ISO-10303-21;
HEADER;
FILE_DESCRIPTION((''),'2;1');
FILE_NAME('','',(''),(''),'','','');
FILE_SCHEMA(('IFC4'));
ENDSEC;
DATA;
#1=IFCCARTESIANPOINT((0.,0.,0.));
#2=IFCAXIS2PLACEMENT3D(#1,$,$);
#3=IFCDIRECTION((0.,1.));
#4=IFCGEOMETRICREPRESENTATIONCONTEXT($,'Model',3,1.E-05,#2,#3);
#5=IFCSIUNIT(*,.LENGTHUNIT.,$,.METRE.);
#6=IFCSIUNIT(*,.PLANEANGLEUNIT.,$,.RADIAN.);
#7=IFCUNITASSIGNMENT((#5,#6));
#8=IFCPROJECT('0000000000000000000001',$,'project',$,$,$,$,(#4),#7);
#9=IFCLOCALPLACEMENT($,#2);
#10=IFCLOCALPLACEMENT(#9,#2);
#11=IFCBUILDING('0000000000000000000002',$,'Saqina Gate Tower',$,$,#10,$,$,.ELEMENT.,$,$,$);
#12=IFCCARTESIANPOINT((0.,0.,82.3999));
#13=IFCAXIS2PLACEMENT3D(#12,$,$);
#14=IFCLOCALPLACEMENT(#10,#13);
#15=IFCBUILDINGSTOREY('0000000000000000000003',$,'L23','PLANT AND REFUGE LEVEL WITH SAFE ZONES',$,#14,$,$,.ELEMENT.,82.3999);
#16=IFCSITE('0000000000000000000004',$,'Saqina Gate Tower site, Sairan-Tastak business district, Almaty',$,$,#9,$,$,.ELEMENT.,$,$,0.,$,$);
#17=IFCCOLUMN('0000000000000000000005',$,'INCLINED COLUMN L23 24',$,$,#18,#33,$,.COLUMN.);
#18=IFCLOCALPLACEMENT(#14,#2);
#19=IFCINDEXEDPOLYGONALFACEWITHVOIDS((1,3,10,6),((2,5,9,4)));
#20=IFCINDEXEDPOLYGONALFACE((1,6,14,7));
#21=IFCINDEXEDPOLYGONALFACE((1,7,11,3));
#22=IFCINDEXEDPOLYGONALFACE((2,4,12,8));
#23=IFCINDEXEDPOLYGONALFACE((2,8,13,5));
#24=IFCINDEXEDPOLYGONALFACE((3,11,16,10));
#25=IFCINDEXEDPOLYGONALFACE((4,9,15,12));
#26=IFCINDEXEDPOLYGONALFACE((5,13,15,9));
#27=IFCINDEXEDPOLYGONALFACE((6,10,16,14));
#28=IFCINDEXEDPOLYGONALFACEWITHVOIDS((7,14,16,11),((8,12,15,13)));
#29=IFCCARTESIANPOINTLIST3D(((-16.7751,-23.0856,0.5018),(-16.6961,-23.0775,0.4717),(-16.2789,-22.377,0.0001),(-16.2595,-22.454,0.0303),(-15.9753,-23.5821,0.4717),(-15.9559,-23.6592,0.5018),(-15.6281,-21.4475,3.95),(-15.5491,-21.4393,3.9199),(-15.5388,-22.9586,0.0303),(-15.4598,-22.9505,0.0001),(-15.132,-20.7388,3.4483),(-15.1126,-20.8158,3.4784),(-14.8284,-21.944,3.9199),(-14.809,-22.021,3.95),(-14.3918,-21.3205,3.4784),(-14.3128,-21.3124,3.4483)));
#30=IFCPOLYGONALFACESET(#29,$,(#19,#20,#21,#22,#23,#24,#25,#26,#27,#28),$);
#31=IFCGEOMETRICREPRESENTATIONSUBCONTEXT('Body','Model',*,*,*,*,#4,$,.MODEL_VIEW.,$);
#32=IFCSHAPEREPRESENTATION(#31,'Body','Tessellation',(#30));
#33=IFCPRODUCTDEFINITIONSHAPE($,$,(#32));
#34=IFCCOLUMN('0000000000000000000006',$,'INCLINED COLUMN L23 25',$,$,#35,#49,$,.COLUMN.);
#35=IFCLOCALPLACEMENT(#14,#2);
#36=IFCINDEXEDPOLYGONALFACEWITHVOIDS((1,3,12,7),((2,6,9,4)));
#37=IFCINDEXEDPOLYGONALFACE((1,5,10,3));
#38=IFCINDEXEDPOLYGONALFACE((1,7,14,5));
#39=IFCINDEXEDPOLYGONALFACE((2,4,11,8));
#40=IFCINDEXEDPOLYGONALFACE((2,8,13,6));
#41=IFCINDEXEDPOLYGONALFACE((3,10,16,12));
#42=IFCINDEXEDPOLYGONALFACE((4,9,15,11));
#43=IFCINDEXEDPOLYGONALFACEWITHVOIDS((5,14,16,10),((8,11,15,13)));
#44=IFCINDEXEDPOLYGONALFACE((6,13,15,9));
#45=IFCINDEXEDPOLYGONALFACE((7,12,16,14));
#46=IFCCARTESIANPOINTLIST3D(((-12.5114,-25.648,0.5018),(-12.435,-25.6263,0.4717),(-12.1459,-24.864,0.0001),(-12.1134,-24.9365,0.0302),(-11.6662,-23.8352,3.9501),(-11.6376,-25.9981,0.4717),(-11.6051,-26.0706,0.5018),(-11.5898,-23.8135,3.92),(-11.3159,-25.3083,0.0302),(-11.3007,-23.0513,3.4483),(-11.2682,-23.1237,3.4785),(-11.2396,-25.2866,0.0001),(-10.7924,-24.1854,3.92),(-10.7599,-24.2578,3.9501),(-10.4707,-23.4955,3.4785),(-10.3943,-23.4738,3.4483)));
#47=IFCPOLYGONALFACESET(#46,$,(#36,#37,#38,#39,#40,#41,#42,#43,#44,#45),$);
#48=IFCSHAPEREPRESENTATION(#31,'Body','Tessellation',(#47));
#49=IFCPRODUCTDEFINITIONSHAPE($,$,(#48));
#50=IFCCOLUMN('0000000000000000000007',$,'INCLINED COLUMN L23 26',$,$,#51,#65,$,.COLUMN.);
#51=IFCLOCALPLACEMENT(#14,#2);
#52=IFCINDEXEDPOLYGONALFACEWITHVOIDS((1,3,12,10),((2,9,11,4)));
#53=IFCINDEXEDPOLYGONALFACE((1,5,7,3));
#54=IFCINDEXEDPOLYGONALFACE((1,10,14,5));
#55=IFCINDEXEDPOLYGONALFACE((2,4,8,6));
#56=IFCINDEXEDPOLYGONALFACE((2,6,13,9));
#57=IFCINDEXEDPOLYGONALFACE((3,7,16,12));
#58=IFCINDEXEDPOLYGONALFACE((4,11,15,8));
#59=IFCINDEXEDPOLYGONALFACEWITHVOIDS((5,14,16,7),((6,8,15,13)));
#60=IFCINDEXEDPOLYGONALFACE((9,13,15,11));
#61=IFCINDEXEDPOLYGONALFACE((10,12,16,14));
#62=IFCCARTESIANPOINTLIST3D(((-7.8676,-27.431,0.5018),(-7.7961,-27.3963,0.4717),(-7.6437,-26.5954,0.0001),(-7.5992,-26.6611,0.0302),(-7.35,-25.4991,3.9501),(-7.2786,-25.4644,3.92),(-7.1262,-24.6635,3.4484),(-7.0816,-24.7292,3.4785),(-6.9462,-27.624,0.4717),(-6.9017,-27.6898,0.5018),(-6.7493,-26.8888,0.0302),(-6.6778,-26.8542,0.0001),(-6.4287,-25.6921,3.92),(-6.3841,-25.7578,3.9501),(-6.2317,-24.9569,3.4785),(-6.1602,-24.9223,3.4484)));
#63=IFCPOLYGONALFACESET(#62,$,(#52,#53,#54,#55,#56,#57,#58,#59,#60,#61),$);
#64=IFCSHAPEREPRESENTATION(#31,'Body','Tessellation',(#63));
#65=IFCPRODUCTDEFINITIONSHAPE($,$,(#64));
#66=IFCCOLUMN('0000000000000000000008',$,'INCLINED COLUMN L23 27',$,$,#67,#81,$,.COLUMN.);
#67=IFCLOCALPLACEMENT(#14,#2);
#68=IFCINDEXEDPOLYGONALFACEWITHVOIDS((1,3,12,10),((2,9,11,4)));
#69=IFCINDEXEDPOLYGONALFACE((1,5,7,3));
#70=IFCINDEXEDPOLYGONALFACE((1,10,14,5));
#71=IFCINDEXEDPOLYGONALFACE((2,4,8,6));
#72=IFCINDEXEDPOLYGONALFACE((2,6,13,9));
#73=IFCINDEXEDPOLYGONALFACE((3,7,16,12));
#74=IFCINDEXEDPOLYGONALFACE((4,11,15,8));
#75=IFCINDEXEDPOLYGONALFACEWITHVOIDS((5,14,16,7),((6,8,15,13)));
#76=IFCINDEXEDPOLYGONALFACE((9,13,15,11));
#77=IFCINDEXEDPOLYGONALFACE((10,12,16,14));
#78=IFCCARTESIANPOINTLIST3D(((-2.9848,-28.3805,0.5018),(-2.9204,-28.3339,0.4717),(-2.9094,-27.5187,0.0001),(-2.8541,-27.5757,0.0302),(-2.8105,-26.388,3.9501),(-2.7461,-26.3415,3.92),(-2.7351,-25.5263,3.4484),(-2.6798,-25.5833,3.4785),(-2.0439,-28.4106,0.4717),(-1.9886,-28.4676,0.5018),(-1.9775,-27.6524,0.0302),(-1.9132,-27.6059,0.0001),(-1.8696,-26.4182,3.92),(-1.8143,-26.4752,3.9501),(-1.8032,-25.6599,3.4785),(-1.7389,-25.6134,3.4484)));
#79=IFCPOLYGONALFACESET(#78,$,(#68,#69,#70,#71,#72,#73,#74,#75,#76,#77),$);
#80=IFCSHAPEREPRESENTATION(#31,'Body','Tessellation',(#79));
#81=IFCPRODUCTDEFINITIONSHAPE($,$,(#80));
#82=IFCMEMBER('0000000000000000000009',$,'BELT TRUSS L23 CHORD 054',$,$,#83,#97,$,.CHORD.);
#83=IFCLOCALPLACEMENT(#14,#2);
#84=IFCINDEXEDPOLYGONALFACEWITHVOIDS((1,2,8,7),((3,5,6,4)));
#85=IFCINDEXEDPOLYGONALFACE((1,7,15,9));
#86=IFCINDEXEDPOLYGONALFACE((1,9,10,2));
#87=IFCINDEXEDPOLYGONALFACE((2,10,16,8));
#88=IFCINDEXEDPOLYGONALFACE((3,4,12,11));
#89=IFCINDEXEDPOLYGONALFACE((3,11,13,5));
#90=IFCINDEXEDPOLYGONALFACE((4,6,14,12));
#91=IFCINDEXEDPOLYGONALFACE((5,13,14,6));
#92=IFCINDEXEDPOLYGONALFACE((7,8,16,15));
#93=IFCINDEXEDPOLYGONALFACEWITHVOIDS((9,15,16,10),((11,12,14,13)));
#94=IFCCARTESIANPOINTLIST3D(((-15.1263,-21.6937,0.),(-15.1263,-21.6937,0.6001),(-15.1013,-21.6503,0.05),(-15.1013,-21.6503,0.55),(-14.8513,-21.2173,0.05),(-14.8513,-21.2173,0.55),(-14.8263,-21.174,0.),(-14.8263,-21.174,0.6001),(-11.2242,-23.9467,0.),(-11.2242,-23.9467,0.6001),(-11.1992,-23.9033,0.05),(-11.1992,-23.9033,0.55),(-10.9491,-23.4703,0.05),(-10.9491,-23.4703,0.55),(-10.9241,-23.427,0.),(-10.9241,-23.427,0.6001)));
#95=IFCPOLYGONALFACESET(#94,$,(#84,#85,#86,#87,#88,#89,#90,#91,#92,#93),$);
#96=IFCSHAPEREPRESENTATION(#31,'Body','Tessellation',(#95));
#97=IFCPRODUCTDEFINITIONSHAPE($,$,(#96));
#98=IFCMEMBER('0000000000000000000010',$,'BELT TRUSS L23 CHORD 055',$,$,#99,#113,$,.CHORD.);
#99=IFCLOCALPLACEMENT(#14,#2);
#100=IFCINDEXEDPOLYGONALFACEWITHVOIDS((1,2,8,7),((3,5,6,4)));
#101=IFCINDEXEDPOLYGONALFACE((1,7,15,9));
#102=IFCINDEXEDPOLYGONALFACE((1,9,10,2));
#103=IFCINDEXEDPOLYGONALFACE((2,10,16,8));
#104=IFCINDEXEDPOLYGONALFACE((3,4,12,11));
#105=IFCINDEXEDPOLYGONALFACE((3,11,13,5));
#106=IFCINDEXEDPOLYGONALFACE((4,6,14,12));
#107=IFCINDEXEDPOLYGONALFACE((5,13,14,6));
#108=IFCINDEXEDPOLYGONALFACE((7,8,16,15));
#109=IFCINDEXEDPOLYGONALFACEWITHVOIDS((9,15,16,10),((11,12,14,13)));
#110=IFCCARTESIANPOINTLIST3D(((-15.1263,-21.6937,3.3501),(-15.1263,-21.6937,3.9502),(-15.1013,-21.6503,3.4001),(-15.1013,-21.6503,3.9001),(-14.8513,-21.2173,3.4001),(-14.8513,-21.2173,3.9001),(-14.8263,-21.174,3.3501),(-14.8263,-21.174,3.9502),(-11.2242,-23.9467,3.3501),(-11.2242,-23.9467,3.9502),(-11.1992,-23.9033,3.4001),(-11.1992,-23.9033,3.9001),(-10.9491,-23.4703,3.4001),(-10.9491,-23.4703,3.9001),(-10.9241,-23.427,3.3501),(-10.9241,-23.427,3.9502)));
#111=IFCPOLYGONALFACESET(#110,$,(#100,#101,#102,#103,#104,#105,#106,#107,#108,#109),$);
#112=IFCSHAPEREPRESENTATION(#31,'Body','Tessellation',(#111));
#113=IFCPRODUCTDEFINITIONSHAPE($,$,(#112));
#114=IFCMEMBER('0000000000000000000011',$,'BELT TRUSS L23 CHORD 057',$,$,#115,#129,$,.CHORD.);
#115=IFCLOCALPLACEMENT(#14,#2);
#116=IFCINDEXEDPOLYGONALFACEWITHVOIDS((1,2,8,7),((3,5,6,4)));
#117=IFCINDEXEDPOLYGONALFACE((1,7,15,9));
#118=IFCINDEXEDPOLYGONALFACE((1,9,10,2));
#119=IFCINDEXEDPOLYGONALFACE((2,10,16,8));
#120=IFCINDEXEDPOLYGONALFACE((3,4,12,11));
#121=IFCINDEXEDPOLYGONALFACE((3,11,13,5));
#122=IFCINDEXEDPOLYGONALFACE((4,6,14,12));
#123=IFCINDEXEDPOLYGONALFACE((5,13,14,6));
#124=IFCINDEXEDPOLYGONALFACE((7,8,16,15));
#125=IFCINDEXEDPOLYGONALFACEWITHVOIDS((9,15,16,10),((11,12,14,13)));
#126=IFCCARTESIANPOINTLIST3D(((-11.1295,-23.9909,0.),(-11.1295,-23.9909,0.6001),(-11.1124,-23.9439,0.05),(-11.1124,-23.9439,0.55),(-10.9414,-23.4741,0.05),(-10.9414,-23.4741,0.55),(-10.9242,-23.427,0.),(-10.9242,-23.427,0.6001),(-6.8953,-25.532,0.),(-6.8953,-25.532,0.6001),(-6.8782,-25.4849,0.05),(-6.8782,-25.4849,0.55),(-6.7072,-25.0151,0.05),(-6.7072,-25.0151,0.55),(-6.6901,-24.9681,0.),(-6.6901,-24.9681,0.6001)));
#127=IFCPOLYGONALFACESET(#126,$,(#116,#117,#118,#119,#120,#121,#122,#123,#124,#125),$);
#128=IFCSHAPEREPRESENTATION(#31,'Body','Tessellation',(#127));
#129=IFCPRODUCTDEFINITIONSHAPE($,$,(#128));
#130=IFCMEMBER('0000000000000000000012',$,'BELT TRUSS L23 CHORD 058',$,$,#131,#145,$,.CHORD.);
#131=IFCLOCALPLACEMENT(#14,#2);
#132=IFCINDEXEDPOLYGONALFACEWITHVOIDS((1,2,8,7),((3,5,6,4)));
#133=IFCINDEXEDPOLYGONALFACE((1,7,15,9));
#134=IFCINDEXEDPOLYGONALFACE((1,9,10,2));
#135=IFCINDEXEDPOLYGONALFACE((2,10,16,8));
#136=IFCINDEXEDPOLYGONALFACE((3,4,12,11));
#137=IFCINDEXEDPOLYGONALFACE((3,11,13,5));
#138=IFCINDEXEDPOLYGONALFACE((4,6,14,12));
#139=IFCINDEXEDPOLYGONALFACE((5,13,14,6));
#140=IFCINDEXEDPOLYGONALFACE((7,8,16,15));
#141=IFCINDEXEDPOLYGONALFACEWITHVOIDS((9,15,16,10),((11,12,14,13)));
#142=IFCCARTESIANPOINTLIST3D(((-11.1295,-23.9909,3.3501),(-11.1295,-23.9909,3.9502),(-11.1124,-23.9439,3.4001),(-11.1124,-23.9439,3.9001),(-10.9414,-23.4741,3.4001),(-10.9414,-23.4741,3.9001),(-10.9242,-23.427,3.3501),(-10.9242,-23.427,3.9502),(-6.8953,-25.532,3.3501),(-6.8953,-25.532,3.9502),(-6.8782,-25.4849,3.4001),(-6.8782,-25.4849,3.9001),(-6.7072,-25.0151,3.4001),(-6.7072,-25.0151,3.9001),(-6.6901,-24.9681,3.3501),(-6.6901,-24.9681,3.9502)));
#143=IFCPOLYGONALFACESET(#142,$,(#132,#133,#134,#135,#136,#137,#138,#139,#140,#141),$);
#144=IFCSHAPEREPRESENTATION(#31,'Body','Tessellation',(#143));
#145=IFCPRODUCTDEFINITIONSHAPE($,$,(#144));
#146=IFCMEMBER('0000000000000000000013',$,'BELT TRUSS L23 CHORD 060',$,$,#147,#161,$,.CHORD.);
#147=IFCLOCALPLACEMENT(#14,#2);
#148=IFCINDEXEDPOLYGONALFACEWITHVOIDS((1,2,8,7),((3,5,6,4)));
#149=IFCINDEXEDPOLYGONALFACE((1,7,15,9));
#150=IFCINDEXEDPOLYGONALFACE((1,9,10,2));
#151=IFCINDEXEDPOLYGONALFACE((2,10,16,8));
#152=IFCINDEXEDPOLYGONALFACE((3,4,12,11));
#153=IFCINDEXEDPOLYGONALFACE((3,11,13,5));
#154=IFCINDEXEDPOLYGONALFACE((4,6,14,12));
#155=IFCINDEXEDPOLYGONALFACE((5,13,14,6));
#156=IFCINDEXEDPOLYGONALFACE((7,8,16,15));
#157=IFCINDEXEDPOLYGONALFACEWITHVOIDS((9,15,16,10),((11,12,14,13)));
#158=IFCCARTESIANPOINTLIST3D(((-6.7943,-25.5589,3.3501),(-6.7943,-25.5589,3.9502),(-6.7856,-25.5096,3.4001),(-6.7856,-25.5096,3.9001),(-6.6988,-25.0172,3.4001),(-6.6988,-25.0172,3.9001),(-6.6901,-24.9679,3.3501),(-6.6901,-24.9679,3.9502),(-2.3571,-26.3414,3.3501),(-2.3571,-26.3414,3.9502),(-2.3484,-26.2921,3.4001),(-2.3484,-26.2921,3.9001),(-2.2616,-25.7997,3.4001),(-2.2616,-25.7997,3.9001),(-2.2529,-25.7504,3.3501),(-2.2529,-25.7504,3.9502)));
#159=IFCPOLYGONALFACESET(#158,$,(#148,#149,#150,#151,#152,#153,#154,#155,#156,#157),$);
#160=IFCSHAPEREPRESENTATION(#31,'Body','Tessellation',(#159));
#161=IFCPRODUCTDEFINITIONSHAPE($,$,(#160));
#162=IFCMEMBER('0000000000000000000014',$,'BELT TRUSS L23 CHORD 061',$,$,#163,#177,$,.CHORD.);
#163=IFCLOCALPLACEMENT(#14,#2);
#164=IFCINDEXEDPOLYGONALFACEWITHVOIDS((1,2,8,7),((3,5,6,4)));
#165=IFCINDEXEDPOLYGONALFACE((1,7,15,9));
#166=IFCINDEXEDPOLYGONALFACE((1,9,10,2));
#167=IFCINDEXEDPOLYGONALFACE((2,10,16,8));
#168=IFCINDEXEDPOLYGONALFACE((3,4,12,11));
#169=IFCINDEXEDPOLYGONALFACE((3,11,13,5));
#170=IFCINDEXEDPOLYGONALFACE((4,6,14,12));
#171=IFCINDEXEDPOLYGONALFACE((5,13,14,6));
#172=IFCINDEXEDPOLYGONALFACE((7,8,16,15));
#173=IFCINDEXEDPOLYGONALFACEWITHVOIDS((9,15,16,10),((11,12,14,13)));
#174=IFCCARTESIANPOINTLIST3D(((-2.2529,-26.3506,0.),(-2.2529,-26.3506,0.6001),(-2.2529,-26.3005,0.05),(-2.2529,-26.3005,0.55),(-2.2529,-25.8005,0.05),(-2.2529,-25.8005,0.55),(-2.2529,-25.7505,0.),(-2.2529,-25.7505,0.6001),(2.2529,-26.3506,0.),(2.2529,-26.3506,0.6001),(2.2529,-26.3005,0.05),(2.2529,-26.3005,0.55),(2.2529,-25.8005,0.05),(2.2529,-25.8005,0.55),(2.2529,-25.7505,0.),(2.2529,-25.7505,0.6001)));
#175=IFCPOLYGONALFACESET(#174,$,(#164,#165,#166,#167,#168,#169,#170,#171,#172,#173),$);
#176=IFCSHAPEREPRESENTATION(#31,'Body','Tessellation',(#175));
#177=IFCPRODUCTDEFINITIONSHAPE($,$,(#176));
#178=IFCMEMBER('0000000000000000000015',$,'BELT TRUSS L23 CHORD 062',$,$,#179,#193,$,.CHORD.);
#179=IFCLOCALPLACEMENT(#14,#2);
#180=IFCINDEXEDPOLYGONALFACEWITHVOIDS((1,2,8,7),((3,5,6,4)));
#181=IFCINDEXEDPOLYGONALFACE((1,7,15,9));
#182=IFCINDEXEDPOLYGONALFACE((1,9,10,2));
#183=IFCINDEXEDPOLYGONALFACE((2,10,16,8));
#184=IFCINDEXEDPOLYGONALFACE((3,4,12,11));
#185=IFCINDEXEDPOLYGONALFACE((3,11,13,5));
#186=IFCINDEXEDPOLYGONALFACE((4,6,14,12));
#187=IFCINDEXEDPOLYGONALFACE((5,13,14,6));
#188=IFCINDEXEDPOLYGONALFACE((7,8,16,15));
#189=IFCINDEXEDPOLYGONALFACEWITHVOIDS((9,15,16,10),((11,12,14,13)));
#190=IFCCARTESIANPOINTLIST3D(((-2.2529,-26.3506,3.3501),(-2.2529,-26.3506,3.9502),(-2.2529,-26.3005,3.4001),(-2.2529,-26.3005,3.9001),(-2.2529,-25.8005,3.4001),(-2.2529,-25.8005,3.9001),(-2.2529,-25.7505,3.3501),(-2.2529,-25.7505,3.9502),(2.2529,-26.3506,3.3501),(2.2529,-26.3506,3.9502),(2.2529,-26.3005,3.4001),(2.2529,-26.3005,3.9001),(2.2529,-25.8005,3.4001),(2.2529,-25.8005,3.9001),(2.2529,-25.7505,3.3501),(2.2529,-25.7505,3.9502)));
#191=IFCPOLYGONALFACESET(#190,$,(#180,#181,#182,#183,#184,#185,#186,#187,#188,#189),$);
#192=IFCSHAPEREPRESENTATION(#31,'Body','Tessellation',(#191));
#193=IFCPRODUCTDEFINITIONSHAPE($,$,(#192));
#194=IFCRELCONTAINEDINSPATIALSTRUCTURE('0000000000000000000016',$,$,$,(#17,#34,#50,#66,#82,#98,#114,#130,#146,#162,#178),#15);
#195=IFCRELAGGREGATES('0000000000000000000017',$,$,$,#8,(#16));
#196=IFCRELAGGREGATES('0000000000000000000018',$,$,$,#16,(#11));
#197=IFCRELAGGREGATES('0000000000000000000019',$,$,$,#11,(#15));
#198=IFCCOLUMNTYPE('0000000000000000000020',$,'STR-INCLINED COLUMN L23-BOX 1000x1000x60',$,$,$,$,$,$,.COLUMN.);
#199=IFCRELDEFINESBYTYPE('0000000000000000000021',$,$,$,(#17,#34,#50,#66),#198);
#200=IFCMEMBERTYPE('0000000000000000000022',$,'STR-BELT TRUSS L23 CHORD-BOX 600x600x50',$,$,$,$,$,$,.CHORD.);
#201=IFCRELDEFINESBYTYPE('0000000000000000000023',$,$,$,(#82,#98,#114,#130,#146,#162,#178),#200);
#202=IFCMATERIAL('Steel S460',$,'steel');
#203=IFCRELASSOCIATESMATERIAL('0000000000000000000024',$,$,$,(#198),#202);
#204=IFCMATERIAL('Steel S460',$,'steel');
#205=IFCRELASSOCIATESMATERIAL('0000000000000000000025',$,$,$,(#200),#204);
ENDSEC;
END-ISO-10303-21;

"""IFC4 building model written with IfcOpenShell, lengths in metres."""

from ifc_helpers import new_model, si_unit, direction, frame, origin, origin_2d, place, context, subcontext, project, spatial, hollow_rectangle, extrude, material, material_profile, profile_set, type_object, element, save


model = new_model("IFC4")

# Units and contexts
model_context = context("Model", 3, precision=1e-05, world=origin(), true_north=direction((0.0, 1.0)))
body_context = subcontext(model_context, "Body", "Model", "MODEL_VIEW")
ifc_project = project(units=[si_unit("LENGTHUNIT", "METRE"), si_unit("PLANEANGLEUNIT", "RADIAN")], contexts=[model_context])

# Site, building, storey
site_placement = place(None, origin())
site = spatial("IfcSite", under=ifc_project, at=site_placement, Name="Saqina Gate Tower site, Sairan-Tastak business district, Almaty", CompositionType="ELEMENT", RefElevation=0.0)
building_placement = place(site_placement, origin())
building = spatial("IfcBuilding", under=site, at=building_placement, Name="Saqina Gate Tower", CompositionType="ELEMENT")
storey_placement = place(building_placement, frame((0.0, 0.0, 82.3999)))
storey = spatial("IfcBuildingStorey", under=building, at=storey_placement, Name="L23", Description="PLANT AND REFUGE LEVEL WITH SAFE ZONES", CompositionType="ELEMENT", Elevation=82.3999)

# Columns
ifc_material_1 = material(Name="Steel S460", Category="steel")
ifc_material_profile_1 = material_profile(ifc_material_1, hollow_rectangle(XDim=1.0, YDim=1.0, WallThickness=0.0601, at=origin_2d()), Name="BOX 1000x1000x60")
ifc_profile_set_1 = profile_set([ifc_material_profile_1], Name="Steel S460")
column_type = type_object("IfcColumnType", Name="STR-INCLINED COLUMN L23-BOX 1000x1000x60", PredefinedType="COLUMN", material=ifc_profile_set_1)
column_placement = place(storey_placement, frame((-16.1174, -23.0181, 0.251), z_axis=(0.287738, 0.410967, 0.865051), x_axis=(-0.819175, 0.573544, 0.0)))
element("IfcColumn", 1, at=column_placement, inside=storey, type_object=column_type, Name="INCLINED COLUMN L23 24", PredefinedType="COLUMN", context=body_context, shape_type="SweptSolid", body=[
    extrude(hollow_rectangle(XDim=1.0, YDim=1.0, WallThickness=0.0601, at=origin_2d()), origin(), (0.0, 0.0, 1.0), 3.9861),
])
for number, where, z_axis, x_axis, name in (
    (2, (-11.8755, -25.4673, 0.251), (0.212028, 0.45474, 0.865017), (-0.906323, 0.422585, 0.0), "INCLINED COLUMN L23 25"),
    (3, (-7.2727, -27.1426, 0.251), (0.12984, 0.484633, 0.865027), (-0.965934, 0.258787, 0.0), "INCLINED COLUMN L23 26"),
    (4, (-2.449, -27.9932, 0.251), (0.043729, 0.49982, 0.865024), (-0.996195, 0.087156, 0.0), "INCLINED COLUMN L23 27"),
):
    element("IfcColumn", number, at=place(storey_placement, frame(where, z_axis=z_axis, x_axis=x_axis)), inside=storey, type_object=column_type, Name=name, PredefinedType="COLUMN", context=body_context, shape_type="SweptSolid", body=[
        extrude(hollow_rectangle(XDim=1.0, YDim=1.0, WallThickness=0.0601, at=origin_2d()), origin(), (0.0, 0.0, 1.0), 3.9863),
    ])

# Members
ifc_material_2 = material(Name="Steel S460", Category="steel")
ifc_material_profile_2 = material_profile(ifc_material_2, hollow_rectangle(XDim=0.6001, YDim=0.6001, WallThickness=0.05, at=origin_2d()), Name="BOX 600x600x50")
ifc_profile_set_2 = profile_set([ifc_material_profile_2], Name="Steel S460")
member_type_1 = type_object("IfcMemberType", Name="STR-BELT TRUSS L23 CHORD-BOX 600x600x50", PredefinedType="CHORD", material=ifc_profile_set_2)
for number, where, z_axis, x_axis, name in (
    (5, (-14.9763, -21.4338, 0.3), (0.86602, -0.500009, 0.0), (0.500009, 0.86602, 0.0), "BELT TRUSS L23 CHORD 054"),
    (6, (-14.9763, -21.4338, 3.6501), (0.86602, -0.500009, 0.0), (0.500009, 0.86602, 0.0), "BELT TRUSS L23 CHORD 055"),
    (7, (-11.0269, -23.709, 0.3), (0.939698, -0.342004, 0.0), (0.342004, 0.939698, 0.0), "BELT TRUSS L23 CHORD 057"),
    (8, (-11.0269, -23.709, 3.6501), (0.939698, -0.342004, 0.0), (0.342004, 0.939698, 0.0), "BELT TRUSS L23 CHORD 058"),
):
    element("IfcMember", number, at=place(storey_placement, frame(where, z_axis=z_axis, x_axis=x_axis)), inside=storey, type_object=member_type_1, Name=name, PredefinedType="CHORD", context=body_context, shape_type="SweptSolid", body=[
        extrude(hollow_rectangle(XDim=0.6001, YDim=0.6001, WallThickness=0.05, at=origin_2d()), origin(), (0.0, 0.0, 1.0), 4.5059),
    ])
member_1_placement = place(storey_placement, frame((-6.7422, -25.2634, 3.6501), z_axis=(0.984805, -0.173662, 0.0), x_axis=(0.173662, 0.984805, 0.0)))
element("IfcMember", 9, at=member_1_placement, inside=storey, type_object=member_type_1, Name="BELT TRUSS L23 CHORD 060", PredefinedType="CHORD", context=body_context, shape_type="SweptSolid", body=[
    extrude(hollow_rectangle(XDim=0.6001, YDim=0.6001, WallThickness=0.05, at=origin_2d()), origin(), (0.0, 0.0, 1.0), 4.5056),
])
for number, where, z_axis, x_axis, name in (
    (10, (-2.2529, -26.0505, 0.3), (1.0, 0.0, 0.0), (0.0, 1.0, 0.0), "BELT TRUSS L23 CHORD 061"),
    (11, (-2.2529, -26.0505, 3.6501), (1.0, 0.0, 0.0), (0.0, 1.0, 0.0), "BELT TRUSS L23 CHORD 062"),
):
    element("IfcMember", number, at=place(storey_placement, frame(where, z_axis=z_axis, x_axis=x_axis)), inside=storey, type_object=member_type_1, Name=name, PredefinedType="CHORD", context=body_context, shape_type="SweptSolid", body=[
        extrude(hollow_rectangle(XDim=0.6001, YDim=0.6001, WallThickness=0.05, at=origin_2d()), origin(), (0.0, 0.0, 1.0), 4.5059),
    ])

save(model, "model.ifc")
